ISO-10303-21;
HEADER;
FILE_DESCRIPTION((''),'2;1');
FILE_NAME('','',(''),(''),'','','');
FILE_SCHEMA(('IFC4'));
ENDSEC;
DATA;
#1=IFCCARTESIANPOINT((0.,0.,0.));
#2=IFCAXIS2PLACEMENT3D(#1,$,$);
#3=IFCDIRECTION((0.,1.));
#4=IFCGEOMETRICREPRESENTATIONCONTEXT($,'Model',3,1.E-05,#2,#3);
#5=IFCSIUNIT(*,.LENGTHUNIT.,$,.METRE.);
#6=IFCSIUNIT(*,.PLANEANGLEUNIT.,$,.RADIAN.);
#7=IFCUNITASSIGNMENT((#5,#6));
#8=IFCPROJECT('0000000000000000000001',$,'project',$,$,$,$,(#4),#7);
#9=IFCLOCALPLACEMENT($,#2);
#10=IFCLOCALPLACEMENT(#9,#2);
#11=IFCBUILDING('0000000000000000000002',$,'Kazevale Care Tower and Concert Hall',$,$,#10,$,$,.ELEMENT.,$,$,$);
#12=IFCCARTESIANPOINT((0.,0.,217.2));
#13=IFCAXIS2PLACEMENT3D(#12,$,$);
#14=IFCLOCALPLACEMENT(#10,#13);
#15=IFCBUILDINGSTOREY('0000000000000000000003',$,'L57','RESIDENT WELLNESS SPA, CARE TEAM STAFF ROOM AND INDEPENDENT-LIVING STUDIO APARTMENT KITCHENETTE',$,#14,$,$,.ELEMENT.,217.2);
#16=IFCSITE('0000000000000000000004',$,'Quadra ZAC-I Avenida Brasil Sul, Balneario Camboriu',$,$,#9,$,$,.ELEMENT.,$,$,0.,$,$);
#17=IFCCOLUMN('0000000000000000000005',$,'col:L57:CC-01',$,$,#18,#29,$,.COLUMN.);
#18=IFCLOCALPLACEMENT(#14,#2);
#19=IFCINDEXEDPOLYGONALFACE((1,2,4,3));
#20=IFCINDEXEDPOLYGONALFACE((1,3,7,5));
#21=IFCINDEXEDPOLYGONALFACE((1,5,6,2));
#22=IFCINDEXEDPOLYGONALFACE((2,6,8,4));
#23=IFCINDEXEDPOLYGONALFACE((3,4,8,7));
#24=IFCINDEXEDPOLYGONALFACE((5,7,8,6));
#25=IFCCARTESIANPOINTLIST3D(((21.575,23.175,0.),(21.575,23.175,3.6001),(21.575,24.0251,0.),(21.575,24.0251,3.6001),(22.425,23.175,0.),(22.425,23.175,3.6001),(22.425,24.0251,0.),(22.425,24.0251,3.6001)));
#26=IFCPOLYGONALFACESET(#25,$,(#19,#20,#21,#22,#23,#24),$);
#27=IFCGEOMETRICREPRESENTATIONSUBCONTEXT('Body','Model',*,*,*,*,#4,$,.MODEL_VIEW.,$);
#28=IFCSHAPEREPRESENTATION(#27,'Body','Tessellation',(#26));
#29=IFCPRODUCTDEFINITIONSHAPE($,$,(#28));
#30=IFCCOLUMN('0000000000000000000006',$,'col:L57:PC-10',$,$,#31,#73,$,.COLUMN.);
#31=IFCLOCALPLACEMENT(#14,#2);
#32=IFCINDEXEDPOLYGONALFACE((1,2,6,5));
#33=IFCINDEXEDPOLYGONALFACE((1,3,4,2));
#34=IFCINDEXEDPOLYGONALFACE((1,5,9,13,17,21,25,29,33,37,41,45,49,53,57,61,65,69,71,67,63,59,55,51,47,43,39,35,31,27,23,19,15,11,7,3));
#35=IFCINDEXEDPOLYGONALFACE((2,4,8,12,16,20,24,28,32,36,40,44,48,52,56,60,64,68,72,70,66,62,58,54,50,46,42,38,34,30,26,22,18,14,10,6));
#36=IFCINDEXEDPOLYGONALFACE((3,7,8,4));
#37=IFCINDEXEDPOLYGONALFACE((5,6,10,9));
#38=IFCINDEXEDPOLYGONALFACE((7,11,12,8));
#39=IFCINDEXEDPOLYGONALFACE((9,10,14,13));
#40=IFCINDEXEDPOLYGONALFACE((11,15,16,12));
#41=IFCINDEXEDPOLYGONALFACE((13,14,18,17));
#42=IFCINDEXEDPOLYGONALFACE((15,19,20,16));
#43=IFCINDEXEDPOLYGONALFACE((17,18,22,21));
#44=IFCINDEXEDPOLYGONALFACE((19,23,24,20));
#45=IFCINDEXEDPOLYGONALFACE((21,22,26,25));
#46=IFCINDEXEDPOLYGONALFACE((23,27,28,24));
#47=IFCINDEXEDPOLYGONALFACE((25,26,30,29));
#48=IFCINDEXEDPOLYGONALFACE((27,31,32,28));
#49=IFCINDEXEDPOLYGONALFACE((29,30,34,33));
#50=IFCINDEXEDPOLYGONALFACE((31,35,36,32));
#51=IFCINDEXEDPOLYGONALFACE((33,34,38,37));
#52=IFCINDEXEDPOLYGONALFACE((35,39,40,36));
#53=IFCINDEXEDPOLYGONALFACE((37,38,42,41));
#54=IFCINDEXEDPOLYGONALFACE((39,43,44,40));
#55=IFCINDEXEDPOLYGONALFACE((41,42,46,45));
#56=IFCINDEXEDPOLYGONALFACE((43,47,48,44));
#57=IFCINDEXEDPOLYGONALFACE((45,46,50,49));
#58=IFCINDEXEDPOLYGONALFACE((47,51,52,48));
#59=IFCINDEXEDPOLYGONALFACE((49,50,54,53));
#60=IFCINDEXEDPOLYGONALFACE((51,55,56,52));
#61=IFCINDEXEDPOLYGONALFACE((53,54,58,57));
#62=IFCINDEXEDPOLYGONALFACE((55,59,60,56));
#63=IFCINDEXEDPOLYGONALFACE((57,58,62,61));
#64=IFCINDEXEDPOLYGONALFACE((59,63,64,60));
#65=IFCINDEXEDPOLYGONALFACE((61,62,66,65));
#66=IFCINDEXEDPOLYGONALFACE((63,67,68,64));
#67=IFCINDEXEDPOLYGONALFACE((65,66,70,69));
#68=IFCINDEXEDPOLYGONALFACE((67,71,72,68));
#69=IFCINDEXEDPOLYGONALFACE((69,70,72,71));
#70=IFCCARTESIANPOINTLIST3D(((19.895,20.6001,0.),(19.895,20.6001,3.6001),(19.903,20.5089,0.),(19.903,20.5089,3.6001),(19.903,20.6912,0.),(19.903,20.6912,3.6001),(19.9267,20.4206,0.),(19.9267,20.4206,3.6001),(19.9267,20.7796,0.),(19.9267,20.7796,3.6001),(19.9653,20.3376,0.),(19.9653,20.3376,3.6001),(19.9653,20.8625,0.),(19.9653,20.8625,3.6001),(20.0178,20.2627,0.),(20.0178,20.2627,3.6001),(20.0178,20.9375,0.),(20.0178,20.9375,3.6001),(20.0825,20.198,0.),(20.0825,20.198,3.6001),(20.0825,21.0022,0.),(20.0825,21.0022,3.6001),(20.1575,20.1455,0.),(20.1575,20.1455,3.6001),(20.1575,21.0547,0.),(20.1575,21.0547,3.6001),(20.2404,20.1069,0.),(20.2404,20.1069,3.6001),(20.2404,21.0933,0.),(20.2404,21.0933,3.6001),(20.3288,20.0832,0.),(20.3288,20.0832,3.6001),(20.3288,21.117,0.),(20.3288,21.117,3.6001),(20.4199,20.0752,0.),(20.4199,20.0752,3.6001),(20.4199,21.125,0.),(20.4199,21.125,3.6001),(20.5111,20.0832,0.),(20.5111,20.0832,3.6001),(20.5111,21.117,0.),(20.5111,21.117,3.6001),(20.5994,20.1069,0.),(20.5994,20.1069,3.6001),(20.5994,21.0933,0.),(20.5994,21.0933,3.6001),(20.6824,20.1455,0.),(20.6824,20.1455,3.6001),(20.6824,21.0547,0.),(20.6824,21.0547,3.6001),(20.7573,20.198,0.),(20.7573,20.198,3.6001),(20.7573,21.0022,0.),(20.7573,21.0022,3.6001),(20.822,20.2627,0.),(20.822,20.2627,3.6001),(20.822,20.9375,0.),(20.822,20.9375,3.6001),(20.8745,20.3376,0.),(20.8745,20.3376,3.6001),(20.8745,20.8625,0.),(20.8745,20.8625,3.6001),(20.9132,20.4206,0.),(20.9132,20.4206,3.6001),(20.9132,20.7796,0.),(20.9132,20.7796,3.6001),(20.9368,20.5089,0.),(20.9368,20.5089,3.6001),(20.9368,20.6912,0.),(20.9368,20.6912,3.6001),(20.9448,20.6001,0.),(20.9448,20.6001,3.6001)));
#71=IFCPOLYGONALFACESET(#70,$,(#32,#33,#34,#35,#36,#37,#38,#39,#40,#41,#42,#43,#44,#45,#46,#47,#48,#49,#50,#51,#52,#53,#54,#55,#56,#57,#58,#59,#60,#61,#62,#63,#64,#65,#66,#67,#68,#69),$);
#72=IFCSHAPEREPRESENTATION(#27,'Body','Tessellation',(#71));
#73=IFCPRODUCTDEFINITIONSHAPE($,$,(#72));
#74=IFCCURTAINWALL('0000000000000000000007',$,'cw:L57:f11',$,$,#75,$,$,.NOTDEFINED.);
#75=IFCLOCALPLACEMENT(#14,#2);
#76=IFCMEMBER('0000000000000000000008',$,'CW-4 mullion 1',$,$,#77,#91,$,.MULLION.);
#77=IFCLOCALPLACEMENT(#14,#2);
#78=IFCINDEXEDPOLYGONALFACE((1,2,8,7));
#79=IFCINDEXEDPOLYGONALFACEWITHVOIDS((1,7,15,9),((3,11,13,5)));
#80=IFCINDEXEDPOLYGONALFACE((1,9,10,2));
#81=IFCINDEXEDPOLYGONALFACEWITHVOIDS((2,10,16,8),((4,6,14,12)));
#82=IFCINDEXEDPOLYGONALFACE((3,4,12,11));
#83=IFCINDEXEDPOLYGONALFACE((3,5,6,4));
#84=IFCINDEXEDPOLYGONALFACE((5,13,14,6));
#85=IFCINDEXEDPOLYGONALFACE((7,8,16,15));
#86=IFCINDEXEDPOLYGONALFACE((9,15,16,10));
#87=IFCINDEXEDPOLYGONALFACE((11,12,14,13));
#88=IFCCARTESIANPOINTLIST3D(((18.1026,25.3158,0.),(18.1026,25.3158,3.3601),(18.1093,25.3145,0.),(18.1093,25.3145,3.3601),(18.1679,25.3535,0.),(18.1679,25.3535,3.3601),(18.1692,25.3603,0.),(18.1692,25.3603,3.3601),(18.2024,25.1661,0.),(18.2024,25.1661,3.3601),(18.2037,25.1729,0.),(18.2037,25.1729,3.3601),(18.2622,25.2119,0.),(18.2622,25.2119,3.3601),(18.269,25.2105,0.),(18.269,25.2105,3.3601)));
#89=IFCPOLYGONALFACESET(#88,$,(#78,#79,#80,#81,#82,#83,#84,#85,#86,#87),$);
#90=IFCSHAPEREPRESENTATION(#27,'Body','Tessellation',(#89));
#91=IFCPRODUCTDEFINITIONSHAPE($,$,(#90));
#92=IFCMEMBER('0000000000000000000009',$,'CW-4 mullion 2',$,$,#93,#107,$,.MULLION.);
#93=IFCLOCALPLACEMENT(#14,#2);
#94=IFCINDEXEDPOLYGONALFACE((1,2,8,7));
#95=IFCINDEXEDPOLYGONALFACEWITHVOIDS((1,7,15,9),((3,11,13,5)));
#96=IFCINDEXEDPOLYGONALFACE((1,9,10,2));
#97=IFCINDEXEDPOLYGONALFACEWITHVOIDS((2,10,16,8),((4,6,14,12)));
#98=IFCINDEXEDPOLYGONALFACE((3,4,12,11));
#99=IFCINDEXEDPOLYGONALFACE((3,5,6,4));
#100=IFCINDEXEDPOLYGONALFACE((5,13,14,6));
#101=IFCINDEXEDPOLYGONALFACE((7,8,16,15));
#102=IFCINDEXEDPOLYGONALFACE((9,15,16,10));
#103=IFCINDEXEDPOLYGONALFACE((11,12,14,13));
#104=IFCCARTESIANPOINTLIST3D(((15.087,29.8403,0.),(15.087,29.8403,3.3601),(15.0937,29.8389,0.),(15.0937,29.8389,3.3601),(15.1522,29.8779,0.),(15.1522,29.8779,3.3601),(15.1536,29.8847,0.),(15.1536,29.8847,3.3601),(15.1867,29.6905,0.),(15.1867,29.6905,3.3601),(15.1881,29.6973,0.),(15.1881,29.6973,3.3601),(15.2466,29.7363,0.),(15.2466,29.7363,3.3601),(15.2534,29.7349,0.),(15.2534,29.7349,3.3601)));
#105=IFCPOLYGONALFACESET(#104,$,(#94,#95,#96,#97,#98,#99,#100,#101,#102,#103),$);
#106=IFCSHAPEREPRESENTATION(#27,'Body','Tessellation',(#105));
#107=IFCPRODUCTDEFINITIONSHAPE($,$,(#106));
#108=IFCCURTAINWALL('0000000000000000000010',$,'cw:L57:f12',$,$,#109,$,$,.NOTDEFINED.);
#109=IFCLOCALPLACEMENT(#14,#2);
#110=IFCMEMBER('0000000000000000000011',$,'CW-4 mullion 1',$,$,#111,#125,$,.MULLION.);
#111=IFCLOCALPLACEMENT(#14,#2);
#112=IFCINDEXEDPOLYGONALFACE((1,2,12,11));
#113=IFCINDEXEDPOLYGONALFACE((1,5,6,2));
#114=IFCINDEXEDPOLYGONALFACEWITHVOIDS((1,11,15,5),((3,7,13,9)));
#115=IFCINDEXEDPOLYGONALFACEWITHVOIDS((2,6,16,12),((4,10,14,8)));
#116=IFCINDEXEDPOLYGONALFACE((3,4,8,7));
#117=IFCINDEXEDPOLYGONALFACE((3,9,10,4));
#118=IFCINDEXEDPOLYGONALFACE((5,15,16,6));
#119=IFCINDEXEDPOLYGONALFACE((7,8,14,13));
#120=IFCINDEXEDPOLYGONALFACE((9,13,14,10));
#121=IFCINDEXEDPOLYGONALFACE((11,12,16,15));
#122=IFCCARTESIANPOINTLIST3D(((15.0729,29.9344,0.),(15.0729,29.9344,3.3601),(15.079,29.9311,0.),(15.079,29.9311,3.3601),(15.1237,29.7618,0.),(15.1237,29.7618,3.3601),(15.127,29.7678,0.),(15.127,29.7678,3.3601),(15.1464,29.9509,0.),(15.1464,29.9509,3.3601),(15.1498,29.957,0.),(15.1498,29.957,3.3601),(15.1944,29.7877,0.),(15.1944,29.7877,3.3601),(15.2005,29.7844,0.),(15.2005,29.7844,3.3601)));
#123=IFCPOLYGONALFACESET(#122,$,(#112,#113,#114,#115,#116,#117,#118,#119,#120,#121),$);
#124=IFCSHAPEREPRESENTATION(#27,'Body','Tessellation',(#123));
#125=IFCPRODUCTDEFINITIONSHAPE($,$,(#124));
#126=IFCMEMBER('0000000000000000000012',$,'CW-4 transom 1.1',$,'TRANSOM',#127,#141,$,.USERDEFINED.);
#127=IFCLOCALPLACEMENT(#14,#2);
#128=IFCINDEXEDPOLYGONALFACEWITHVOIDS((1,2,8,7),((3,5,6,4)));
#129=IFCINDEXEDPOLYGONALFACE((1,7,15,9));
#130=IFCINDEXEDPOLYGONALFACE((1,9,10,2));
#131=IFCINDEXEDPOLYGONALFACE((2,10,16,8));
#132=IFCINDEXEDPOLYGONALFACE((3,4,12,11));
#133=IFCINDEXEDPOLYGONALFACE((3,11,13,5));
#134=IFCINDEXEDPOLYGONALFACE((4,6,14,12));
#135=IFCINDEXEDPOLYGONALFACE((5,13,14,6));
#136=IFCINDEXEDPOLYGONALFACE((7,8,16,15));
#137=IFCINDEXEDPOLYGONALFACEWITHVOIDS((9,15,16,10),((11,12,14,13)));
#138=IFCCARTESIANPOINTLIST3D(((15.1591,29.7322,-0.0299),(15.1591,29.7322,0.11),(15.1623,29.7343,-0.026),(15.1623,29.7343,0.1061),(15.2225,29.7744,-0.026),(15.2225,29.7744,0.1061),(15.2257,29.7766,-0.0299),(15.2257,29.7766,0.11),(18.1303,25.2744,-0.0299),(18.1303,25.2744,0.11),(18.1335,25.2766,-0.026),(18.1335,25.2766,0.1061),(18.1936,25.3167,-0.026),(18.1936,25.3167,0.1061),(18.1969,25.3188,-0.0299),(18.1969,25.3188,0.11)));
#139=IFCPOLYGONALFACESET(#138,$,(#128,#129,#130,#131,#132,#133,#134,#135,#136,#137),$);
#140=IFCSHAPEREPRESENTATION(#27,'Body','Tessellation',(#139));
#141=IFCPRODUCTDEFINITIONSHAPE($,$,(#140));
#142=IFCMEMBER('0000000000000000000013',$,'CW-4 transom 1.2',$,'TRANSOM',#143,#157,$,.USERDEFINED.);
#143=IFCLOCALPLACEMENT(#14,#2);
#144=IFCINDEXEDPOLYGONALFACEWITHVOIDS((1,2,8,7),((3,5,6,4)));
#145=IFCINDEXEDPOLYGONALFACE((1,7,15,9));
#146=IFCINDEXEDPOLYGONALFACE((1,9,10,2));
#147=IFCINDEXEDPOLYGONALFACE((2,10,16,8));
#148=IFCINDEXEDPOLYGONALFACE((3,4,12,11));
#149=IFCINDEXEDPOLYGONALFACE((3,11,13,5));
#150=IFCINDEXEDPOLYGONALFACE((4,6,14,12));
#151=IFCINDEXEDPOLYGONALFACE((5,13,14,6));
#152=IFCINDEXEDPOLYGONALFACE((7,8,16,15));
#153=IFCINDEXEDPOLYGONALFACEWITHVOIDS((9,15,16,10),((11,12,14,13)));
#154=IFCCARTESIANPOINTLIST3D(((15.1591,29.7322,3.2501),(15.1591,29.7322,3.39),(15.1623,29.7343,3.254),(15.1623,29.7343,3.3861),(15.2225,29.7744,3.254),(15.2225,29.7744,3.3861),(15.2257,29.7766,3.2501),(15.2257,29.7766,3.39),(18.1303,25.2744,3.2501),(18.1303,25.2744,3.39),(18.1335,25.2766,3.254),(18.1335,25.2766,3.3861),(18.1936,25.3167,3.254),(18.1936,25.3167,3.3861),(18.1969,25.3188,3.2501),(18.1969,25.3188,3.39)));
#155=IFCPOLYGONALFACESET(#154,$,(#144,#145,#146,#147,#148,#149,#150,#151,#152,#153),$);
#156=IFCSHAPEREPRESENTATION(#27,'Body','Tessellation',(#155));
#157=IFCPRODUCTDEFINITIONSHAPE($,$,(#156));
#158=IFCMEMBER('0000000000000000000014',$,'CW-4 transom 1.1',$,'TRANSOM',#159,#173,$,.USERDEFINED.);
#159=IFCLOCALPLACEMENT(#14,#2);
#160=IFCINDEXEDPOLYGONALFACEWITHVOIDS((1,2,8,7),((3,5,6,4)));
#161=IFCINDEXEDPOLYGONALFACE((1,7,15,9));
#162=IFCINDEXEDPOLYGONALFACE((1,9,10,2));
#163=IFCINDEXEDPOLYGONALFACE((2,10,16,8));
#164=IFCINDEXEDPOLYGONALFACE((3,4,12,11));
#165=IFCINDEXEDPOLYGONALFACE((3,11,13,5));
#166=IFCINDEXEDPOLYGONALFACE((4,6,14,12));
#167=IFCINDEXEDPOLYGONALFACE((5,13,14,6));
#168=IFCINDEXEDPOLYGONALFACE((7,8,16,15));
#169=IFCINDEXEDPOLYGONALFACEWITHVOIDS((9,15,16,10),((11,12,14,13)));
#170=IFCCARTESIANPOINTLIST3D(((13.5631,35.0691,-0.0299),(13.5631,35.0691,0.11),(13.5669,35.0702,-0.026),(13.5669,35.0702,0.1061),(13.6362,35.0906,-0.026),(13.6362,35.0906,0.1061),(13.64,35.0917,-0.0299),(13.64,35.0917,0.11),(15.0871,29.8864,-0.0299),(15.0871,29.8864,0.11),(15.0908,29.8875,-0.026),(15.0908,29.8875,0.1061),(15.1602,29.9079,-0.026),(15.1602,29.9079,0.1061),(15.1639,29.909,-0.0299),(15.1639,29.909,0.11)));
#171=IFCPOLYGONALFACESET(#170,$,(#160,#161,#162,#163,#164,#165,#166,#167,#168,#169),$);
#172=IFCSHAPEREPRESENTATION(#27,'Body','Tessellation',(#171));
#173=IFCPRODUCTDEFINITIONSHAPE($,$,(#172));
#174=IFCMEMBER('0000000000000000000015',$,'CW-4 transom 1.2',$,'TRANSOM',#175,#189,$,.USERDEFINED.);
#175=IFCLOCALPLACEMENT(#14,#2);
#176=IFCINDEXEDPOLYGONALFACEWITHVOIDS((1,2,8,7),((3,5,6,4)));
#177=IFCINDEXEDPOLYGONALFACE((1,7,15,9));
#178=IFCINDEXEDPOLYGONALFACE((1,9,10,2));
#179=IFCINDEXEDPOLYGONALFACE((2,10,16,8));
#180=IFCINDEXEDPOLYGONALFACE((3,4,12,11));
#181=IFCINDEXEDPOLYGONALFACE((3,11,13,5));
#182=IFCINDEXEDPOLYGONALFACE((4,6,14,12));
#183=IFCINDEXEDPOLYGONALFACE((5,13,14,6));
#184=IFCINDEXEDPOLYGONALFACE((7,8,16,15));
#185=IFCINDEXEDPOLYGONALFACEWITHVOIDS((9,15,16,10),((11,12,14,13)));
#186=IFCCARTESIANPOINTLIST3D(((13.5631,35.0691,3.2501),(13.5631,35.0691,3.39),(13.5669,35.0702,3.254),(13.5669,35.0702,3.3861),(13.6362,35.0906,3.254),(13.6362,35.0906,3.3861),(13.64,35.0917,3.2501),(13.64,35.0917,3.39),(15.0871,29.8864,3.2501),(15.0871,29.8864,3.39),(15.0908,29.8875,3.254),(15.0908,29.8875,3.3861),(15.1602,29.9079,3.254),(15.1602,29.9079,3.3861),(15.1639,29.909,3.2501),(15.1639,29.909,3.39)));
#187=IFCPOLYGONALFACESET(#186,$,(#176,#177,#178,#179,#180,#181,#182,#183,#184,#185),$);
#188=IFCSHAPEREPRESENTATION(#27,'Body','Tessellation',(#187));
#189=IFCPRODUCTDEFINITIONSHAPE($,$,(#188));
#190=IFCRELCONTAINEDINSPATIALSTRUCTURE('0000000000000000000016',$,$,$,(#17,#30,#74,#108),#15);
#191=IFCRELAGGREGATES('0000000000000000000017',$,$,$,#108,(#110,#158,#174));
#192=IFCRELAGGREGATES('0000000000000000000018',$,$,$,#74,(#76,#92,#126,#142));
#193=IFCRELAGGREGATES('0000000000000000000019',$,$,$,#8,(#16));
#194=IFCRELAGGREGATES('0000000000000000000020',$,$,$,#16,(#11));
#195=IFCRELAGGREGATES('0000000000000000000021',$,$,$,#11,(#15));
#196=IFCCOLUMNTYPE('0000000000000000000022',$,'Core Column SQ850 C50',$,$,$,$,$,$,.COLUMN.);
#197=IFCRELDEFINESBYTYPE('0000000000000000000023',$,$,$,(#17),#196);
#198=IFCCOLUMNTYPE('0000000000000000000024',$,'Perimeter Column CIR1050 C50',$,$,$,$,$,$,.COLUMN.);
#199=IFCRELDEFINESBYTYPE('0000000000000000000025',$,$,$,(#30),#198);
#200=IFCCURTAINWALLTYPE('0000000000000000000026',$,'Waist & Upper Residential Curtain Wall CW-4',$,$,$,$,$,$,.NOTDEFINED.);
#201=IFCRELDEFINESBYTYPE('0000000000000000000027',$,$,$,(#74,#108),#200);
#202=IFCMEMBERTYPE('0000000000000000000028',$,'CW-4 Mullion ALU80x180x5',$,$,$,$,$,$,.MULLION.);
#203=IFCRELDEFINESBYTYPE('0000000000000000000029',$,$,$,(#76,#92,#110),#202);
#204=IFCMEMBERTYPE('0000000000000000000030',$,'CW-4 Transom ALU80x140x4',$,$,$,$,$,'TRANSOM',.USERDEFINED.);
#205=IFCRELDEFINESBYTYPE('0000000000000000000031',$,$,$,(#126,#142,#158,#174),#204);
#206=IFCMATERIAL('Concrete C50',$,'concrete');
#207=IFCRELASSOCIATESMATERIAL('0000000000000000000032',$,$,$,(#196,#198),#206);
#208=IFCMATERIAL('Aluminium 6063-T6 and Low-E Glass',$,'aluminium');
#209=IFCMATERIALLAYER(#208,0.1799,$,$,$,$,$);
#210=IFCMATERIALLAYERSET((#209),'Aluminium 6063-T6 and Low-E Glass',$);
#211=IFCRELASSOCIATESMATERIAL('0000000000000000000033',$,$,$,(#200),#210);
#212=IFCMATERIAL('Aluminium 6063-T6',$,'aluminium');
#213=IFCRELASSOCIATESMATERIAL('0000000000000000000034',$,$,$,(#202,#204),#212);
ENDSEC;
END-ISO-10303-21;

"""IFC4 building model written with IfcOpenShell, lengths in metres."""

from ifc_helpers import new_model, si_unit, direction, frame, origin, origin_2d, place, context, subcontext, project, spatial, rectangle, hollow_rectangle, circle, extrude, material, layer, layer_set, material_profile, profile_set, type_object, element, aggregate, save


model = new_model("IFC4")

# Units and contexts
model_context = context("Model", 3, precision=1e-05, world=origin(), true_north=direction((0.0, 1.0)))
body_context = subcontext(model_context, "Body", "Model", "MODEL_VIEW")
ifc_project = project(units=[si_unit("LENGTHUNIT", "METRE"), si_unit("PLANEANGLEUNIT", "RADIAN")], contexts=[model_context])

# Site, building, storey
site_placement = place(None, origin())
site = spatial("IfcSite", under=ifc_project, at=site_placement, Name="Quadra ZAC-I Avenida Brasil Sul, Balneario Camboriu", CompositionType="ELEMENT", RefElevation=0.0)
building_placement = place(site_placement, origin())
building = spatial("IfcBuilding", under=site, at=building_placement, Name="Kazevale Care Tower and Concert Hall", CompositionType="ELEMENT")
storey_placement = place(building_placement, frame((0.0, 0.0, 217.2)))
storey = spatial("IfcBuildingStorey", under=building, at=storey_placement, Name="L57", Description="RESIDENT WELLNESS SPA, CARE TEAM STAFF ROOM AND INDEPENDENT-LIVING STUDIO APARTMENT KITCHENETTE", CompositionType="ELEMENT", Elevation=217.2)

# Columns
ifc_material_1 = material(Name="Concrete C50", Category="concrete")
ifc_material_profile_1 = material_profile(ifc_material_1, rectangle(XDim=0.8501, YDim=0.8501, at=origin_2d()), Name="RC-SQ850")
ifc_profile_set_1 = profile_set([ifc_material_profile_1], Name="Concrete C50")
column_type_1 = type_object("IfcColumnType", Name="Core Column SQ850 C50", PredefinedType="COLUMN", material=ifc_profile_set_1)
column_1_placement = place(storey_placement, frame((22.0, 23.6001, 0.0), z_axis=(0.0, 0.0, 1.0), x_axis=(1.0, 0.0, 0.0)))
element("IfcColumn", 1, at=column_1_placement, inside=storey, type_object=column_type_1, Name="col:L57:CC-01", PredefinedType="COLUMN", context=body_context, shape_type="SweptSolid", body=[
    extrude(rectangle(XDim=0.8501, YDim=0.8501, at=origin_2d()), origin(), (0.0, 0.0, 1.0), 3.6001),
])
ifc_material_profile_2 = material_profile(ifc_material_1, circle(Radius=0.5249, at=origin_2d()), Name="RC-CIR1050")
ifc_profile_set_2 = profile_set([ifc_material_profile_2], Name="Concrete C50")
column_type_2 = type_object("IfcColumnType", Name="Perimeter Column CIR1050 C50", PredefinedType="COLUMN", material=ifc_profile_set_2)
column_2_placement = place(storey_placement, frame((20.4199, 20.6001, 0.0), z_axis=(0.0, 0.0, 1.0), x_axis=(1.0, 0.0, 0.0)))
element("IfcColumn", 2, at=column_2_placement, inside=storey, type_object=column_type_2, Name="col:L57:PC-10", PredefinedType="COLUMN", context=body_context, shape_type="SweptSolid", body=[
    extrude(circle(Radius=0.5249, at=origin_2d()), origin(), (0.0, 0.0, 1.0), 3.6001),
])

# Curtain wall, members
ifc_material_2 = material(Name="Aluminium 6063-T6 and Low-E Glass", Category="aluminium")
ifc_layer_1 = layer(ifc_material_2, 0.1799)
ifc_layer_set_1 = layer_set([ifc_layer_1], Name="Aluminium 6063-T6 and Low-E Glass")
curtain_wall_type_1 = type_object("IfcCurtainWallType", Name="Waist & Upper Residential Curtain Wall CW-4", PredefinedType="NOTDEFINED", material=ifc_layer_set_1)
curtain_wall_1_placement = place(storey_placement, origin())
curtain_wall_1 = element("IfcCurtainWall", 3, at=curtain_wall_1_placement, inside=storey, type_object=curtain_wall_type_1, Name="cw:L57:f11", PredefinedType="NOTDEFINED")
ifc_material_3 = material(Name="Aluminium 6063-T6", Category="aluminium")
ifc_material_profile_3 = material_profile(ifc_material_3, hollow_rectangle(XDim=0.0801, YDim=0.1799, WallThickness=0.0049, at=origin_2d()), Name="ALU80x180x5")
ifc_profile_set_3 = profile_set([ifc_material_profile_3], Name="Aluminium 6063-T6")
member_type_1 = type_object("IfcMemberType", Name="CW-4 Mullion ALU80x180x5", PredefinedType="MULLION", material=ifc_profile_set_3)
member_1_placement = place(storey_placement, frame((18.1858, 25.2632, 0.0), z_axis=(0.0, 0.0, 1.0), x_axis=(-0.832106, -0.554617, 0.0)))
member_1 = element("IfcMember", 4, at=member_1_placement, type_object=member_type_1, Name="CW-4 mullion 1", PredefinedType="MULLION", context=body_context, shape_type="SweptSolid", body=[
    extrude(hollow_rectangle(XDim=0.0801, YDim=0.1799, WallThickness=0.0049, at=origin_2d()), origin(), (0.0, 0.0, 1.0), 3.3601),
])
member_2_placement = place(storey_placement, frame((15.1702, 29.7876, 0.0), z_axis=(0.0, 0.0, 1.0), x_axis=(-0.832106, -0.554617, 0.0)))
member_2 = element("IfcMember", 5, at=member_2_placement, type_object=member_type_1, Name="CW-4 mullion 2", PredefinedType="MULLION", context=body_context, shape_type="SweptSolid", body=[
    extrude(hollow_rectangle(XDim=0.0801, YDim=0.1799, WallThickness=0.0049, at=origin_2d()), origin(), (0.0, 0.0, 1.0), 3.3601),
])

# Curtain wall, member
curtain_wall_2_placement = place(storey_placement, origin())
curtain_wall_2 = element("IfcCurtainWall", 6, at=curtain_wall_2_placement, inside=storey, type_object=curtain_wall_type_1, Name="cw:L57:f12", PredefinedType="NOTDEFINED")
member_3_placement = place(storey_placement, frame((15.1367, 29.8594, 0.0), z_axis=(0.0, 0.0, 1.0), x_axis=(-0.959386, -0.282098, 0.0)))
member_3 = element("IfcMember", 7, at=member_3_placement, type_object=member_type_1, Name="CW-4 mullion 1", PredefinedType="MULLION", context=body_context, shape_type="SweptSolid", body=[
    extrude(hollow_rectangle(XDim=0.0801, YDim=0.1799, WallThickness=0.0049, at=origin_2d()), origin(), (0.0, 0.0, 1.0), 3.3601),
])

# Members
ifc_material_profile_4 = material_profile(ifc_material_3, hollow_rectangle(XDim=0.0801, YDim=0.1399, WallThickness=0.0039, at=origin_2d()), Name="ALU80x140x4")
ifc_profile_set_4 = profile_set([ifc_material_profile_4], Name="Aluminium 6063-T6")
member_type_2 = type_object("IfcMemberType", Name="CW-4 Transom ALU80x140x4", ElementType="TRANSOM", PredefinedType="USERDEFINED", material=ifc_profile_set_4)
member_4_placement = place(storey_placement, frame((18.1636, 25.2966, 0.04), z_axis=(-0.554616, 0.832106, 0.0), x_axis=(-0.832106, -0.554616, 0.0)))
member_4 = element("IfcMember", 8, at=member_4_placement, type_object=member_type_2, Name="CW-4 transom 1.1", ObjectType="TRANSOM", PredefinedType="USERDEFINED", context=body_context, shape_type="SweptSolid", body=[
    extrude(hollow_rectangle(XDim=0.0801, YDim=0.1399, WallThickness=0.0039, at=origin_2d()), origin(), (0.0, 0.0, 1.0), 5.3572),
])
member_5_placement = place(storey_placement, frame((18.1636, 25.2966, 3.3201), z_axis=(-0.554616, 0.832106, 0.0), x_axis=(-0.832106, -0.554616, 0.0)))
member_5 = element("IfcMember", 9, at=member_5_placement, type_object=member_type_2, Name="CW-4 transom 1.2", ObjectType="TRANSOM", PredefinedType="USERDEFINED", context=body_context, shape_type="SweptSolid", body=[
    extrude(hollow_rectangle(XDim=0.0801, YDim=0.1399, WallThickness=0.0039, at=origin_2d()), origin(), (0.0, 0.0, 1.0), 5.3572),
])
member_6_placement = place(storey_placement, frame((15.1255, 29.8977, 0.04), z_axis=(-0.282103, 0.959384, 0.0), x_axis=(-0.959384, -0.282103, 0.0)))
member_6 = element("IfcMember", 10, at=member_6_placement, type_object=member_type_2, Name="CW-4 transom 1.1", ObjectType="TRANSOM", PredefinedType="USERDEFINED", context=body_context, shape_type="SweptSolid", body=[
    extrude(hollow_rectangle(XDim=0.0801, YDim=0.1399, WallThickness=0.0039, at=origin_2d()), origin(), (0.0, 0.0, 1.0), 5.4021),
])
member_7_placement = place(storey_placement, frame((15.1255, 29.8977, 3.3201), z_axis=(-0.282103, 0.959384, 0.0), x_axis=(-0.959384, -0.282103, 0.0)))
member_7 = element("IfcMember", 11, at=member_7_placement, type_object=member_type_2, Name="CW-4 transom 1.2", ObjectType="TRANSOM", PredefinedType="USERDEFINED", context=body_context, shape_type="SweptSolid", body=[
    extrude(hollow_rectangle(XDim=0.0801, YDim=0.1399, WallThickness=0.0039, at=origin_2d()), origin(), (0.0, 0.0, 1.0), 5.4021),
])
aggregate(curtain_wall_2, [member_3, member_6, member_7])

aggregate(curtain_wall_1, [member_1, member_2, member_4, member_5])

save(model, "model.ifc")
